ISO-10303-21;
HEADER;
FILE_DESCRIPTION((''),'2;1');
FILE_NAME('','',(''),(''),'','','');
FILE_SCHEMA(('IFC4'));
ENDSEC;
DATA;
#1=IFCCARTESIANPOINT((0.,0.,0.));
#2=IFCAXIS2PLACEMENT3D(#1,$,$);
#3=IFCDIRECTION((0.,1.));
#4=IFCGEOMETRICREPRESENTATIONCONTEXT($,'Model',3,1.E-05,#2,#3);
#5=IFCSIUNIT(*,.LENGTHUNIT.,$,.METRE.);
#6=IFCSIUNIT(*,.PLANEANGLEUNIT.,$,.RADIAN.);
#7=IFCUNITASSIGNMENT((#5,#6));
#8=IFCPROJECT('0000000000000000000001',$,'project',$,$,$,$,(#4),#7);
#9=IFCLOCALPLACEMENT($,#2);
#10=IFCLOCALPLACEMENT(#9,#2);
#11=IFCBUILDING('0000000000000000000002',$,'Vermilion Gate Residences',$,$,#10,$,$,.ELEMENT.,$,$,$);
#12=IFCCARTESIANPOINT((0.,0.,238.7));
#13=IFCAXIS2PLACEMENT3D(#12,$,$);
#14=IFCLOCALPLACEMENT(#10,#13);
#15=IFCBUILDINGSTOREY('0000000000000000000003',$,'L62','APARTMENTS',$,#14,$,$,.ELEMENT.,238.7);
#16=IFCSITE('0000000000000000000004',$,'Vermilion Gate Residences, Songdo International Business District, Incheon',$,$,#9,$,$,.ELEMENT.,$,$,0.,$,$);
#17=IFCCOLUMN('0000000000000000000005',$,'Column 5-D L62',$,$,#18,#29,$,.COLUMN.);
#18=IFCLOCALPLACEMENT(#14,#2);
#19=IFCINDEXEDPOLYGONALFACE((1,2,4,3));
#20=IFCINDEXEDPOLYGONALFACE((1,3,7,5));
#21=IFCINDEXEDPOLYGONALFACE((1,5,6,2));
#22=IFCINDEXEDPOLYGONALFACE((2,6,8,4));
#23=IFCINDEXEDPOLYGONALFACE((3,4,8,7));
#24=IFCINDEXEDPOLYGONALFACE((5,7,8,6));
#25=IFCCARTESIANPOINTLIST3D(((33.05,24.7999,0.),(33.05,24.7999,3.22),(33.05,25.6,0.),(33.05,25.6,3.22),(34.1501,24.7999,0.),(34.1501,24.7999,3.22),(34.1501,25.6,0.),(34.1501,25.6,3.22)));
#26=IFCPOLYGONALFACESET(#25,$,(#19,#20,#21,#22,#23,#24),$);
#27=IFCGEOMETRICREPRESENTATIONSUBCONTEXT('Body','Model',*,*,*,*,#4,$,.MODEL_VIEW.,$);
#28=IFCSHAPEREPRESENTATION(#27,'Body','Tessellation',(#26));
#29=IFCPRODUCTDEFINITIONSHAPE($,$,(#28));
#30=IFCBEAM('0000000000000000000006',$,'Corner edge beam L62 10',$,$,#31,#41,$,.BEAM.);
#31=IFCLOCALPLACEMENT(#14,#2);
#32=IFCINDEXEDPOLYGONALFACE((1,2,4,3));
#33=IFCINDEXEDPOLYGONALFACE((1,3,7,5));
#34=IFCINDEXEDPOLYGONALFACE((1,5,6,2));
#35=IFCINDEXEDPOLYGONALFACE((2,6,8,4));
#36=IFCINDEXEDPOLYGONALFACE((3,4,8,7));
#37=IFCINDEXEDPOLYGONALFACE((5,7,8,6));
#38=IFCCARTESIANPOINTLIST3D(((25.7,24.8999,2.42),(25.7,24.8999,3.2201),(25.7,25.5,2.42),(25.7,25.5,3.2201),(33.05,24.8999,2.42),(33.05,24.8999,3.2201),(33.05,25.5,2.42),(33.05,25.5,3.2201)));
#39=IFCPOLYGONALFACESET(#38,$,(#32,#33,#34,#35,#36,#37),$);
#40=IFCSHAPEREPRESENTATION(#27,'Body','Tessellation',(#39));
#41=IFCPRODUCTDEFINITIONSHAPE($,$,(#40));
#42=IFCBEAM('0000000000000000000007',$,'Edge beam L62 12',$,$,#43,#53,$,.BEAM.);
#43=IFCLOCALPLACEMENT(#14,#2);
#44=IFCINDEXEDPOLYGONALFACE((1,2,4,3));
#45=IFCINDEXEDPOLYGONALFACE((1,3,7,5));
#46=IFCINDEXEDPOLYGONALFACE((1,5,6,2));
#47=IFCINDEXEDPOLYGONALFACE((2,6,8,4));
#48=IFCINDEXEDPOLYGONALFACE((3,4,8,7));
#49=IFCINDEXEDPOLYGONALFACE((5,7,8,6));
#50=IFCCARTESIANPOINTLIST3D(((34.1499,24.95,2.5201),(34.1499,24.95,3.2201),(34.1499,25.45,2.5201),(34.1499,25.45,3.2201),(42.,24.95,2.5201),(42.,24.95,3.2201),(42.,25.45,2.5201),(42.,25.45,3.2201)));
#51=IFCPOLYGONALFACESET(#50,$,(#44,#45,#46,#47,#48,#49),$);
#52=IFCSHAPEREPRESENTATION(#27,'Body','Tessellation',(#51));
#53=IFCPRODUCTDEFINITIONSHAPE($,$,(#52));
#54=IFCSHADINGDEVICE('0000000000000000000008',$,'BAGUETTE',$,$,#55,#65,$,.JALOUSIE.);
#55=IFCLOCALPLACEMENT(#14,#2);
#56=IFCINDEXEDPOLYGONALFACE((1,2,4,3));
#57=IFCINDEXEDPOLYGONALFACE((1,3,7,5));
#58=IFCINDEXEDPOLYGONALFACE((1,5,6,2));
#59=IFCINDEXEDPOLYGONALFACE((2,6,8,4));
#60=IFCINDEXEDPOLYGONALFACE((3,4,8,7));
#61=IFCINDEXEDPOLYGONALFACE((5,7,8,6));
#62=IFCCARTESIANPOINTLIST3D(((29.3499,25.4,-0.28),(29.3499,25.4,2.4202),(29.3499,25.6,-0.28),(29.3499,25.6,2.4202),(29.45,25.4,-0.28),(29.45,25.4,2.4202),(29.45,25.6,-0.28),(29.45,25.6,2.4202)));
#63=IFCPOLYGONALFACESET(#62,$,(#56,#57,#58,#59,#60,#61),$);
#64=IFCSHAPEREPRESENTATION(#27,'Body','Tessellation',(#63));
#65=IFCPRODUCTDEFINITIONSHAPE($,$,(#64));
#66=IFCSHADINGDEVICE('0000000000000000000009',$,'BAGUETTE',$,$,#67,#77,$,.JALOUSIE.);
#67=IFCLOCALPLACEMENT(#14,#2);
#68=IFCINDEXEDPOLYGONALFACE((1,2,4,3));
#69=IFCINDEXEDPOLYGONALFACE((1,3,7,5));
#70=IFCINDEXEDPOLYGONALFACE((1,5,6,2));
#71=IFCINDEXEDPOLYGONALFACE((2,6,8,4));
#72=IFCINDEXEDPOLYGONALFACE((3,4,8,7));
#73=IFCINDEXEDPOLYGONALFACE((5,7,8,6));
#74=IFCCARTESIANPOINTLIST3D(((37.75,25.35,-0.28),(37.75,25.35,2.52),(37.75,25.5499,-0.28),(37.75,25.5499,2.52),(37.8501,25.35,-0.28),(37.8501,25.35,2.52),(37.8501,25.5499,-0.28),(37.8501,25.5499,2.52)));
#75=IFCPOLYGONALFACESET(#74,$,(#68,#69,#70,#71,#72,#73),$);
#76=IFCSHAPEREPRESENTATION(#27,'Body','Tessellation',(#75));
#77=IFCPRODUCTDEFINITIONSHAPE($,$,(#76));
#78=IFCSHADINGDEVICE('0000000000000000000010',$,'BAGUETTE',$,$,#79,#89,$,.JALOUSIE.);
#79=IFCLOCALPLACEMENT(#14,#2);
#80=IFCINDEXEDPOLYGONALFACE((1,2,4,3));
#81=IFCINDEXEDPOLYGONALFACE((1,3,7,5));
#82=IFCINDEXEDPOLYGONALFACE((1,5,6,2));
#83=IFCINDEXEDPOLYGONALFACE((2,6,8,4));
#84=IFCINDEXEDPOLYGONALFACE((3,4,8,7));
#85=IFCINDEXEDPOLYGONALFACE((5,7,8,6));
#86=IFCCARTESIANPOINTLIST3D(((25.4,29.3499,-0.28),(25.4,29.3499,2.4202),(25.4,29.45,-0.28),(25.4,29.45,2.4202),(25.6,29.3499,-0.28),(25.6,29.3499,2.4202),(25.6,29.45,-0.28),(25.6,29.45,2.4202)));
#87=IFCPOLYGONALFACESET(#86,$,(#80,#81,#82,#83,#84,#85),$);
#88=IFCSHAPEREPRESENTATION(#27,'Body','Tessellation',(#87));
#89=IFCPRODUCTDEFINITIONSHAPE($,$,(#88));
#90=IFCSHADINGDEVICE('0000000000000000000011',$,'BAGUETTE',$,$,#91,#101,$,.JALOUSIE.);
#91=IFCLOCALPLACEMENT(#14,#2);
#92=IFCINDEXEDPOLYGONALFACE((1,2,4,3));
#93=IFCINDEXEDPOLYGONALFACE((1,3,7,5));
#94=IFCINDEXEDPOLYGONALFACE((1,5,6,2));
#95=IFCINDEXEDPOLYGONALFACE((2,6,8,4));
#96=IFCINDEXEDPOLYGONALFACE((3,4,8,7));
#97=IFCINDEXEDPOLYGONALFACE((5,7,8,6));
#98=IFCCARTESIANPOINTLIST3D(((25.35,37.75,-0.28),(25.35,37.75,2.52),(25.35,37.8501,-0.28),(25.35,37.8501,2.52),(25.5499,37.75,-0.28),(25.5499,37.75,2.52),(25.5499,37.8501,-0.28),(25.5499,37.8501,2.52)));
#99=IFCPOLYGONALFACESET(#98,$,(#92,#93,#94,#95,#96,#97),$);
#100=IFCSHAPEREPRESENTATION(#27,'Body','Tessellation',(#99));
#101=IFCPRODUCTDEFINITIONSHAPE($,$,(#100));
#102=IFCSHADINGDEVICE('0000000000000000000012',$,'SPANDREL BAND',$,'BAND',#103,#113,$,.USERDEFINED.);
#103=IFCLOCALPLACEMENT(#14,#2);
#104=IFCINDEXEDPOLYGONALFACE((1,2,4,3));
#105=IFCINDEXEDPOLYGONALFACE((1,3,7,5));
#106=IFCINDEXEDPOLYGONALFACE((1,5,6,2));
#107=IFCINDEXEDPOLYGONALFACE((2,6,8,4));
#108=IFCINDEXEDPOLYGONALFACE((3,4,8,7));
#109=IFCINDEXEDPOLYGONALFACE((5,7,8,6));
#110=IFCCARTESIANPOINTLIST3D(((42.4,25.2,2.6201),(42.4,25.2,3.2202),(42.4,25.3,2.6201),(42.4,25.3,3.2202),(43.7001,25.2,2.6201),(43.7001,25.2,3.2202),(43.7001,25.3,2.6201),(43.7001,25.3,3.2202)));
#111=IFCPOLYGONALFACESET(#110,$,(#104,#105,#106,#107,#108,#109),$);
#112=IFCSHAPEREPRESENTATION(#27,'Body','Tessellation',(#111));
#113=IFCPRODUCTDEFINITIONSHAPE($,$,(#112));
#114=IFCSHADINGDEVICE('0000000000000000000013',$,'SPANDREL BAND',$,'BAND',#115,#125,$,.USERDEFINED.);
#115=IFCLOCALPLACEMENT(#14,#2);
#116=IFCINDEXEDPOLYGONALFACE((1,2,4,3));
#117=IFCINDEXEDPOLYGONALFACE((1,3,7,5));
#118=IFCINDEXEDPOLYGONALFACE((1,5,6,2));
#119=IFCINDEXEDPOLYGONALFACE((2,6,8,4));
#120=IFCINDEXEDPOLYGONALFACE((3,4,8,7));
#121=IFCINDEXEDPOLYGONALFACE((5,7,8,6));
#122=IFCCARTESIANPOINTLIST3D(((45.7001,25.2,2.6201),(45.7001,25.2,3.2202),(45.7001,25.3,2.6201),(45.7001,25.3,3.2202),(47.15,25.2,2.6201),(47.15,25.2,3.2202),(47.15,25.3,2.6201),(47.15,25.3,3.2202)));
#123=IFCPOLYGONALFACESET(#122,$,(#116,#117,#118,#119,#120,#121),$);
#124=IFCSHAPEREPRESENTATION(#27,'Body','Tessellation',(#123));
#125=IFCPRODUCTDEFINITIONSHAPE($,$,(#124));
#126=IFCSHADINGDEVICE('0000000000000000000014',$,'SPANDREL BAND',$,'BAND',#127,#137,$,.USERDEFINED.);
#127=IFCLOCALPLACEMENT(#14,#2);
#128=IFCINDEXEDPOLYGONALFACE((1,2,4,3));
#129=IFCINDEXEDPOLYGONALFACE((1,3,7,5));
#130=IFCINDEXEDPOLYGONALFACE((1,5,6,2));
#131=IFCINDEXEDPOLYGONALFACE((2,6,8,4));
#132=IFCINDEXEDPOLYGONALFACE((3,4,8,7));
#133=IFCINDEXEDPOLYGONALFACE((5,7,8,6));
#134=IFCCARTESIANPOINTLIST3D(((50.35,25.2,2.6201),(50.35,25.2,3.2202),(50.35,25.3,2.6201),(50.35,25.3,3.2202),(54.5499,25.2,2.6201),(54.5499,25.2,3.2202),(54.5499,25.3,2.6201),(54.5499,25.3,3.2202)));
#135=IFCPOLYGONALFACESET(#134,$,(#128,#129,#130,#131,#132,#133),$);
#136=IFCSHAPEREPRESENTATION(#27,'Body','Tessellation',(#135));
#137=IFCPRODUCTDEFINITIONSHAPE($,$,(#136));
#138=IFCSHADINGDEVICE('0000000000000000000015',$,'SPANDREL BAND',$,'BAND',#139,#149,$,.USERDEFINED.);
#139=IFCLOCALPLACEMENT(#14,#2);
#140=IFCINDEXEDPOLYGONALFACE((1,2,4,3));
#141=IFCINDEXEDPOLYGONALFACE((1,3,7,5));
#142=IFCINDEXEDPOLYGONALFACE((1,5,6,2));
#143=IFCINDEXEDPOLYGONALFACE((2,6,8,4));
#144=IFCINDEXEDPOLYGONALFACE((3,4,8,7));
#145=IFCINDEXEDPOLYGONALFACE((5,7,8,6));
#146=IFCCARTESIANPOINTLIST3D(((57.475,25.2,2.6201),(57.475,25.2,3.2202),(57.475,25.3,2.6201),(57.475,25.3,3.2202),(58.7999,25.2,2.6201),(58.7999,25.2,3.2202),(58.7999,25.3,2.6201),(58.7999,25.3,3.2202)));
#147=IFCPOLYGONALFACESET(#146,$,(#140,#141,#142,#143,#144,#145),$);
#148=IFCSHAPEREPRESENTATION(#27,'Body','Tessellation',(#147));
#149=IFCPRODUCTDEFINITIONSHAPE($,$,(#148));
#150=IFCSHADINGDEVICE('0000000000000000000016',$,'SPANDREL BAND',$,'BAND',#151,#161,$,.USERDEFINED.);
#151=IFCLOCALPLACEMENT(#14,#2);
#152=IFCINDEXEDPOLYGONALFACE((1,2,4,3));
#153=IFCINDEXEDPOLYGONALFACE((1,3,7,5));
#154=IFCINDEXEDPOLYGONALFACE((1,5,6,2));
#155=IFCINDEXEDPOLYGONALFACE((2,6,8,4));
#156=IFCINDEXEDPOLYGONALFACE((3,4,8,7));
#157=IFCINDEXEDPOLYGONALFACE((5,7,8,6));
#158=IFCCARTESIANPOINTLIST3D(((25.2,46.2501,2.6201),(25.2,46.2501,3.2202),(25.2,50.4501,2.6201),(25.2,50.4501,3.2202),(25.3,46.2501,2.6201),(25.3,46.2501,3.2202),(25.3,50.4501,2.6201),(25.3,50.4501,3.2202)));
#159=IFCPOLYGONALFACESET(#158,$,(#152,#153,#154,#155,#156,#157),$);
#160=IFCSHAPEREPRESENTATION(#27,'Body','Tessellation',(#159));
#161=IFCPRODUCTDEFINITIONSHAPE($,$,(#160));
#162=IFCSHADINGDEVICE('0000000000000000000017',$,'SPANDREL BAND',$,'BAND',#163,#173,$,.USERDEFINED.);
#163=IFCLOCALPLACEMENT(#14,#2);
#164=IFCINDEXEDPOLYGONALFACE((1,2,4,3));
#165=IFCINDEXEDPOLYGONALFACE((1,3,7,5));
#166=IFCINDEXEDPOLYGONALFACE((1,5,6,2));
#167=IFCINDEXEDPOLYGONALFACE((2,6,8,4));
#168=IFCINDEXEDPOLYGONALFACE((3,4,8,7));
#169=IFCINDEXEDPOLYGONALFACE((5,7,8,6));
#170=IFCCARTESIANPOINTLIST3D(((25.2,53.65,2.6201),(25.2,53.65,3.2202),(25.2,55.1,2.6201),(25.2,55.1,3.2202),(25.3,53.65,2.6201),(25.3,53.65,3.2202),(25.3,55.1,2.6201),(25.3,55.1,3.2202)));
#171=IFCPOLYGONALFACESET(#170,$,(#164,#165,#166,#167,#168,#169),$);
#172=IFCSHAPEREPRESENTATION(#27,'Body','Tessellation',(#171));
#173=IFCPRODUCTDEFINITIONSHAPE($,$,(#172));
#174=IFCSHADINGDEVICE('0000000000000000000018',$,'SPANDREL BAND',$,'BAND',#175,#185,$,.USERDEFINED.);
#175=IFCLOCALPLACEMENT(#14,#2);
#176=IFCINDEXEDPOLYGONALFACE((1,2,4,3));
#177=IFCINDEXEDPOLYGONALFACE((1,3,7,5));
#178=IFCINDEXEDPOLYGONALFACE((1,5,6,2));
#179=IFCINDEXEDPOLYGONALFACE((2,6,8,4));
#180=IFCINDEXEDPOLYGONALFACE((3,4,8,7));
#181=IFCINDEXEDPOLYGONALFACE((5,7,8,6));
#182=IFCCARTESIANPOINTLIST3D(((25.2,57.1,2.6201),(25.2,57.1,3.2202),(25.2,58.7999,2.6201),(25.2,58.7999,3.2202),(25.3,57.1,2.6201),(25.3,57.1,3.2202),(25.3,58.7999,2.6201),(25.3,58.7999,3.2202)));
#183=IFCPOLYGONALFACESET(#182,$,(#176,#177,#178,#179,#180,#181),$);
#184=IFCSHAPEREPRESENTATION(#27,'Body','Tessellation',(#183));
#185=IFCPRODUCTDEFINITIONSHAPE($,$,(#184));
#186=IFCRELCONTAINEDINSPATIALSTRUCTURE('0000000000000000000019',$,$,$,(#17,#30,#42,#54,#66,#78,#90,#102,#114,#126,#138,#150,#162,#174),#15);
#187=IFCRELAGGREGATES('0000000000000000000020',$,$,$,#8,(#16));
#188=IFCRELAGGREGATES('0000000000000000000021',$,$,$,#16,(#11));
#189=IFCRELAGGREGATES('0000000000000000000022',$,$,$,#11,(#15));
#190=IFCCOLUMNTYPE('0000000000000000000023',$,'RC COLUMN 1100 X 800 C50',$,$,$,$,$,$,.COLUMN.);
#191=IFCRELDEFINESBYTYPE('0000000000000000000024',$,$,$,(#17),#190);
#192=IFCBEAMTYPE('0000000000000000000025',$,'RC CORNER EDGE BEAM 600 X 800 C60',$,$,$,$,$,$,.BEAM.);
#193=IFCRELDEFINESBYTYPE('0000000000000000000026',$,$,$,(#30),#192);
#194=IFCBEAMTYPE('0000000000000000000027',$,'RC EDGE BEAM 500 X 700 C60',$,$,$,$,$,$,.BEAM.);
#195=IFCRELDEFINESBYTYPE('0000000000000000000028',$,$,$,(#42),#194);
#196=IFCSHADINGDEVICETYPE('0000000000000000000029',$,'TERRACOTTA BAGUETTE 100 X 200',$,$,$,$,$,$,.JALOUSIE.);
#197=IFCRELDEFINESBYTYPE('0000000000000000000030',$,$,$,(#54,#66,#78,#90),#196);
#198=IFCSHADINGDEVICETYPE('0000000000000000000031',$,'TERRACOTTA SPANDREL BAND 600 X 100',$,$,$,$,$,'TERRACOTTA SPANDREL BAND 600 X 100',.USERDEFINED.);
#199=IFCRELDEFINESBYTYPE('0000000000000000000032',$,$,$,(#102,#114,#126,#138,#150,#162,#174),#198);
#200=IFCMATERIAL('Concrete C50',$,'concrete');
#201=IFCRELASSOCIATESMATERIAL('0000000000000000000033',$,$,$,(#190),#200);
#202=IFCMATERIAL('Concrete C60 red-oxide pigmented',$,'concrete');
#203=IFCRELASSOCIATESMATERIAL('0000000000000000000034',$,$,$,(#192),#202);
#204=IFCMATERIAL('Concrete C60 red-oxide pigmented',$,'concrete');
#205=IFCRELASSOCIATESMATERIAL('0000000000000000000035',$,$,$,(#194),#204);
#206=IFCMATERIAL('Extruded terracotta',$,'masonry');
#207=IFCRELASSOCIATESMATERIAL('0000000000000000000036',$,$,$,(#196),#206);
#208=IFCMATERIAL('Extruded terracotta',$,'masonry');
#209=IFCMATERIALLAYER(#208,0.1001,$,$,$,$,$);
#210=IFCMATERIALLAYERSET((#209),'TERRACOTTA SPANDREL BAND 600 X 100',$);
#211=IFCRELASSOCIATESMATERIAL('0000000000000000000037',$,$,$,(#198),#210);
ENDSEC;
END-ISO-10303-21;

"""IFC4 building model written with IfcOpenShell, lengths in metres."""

from ifc_helpers import new_model, si_unit, direction, frame, origin, origin_2d, place, context, subcontext, project, spatial, rectangle, extrude, material, layer, layer_set, material_profile, profile_set, type_object, element, save


model = new_model("IFC4")

# Units and contexts
model_context = context("Model", 3, precision=1e-05, world=origin(), true_north=direction((0.0, 1.0)))
body_context = subcontext(model_context, "Body", "Model", "MODEL_VIEW")
ifc_project = project(units=[si_unit("LENGTHUNIT", "METRE"), si_unit("PLANEANGLEUNIT", "RADIAN")], contexts=[model_context])

# Site, building, storey
site_placement = place(None, origin())
site = spatial("IfcSite", under=ifc_project, at=site_placement, Name="Vermilion Gate Residences, Songdo International Business District, Incheon", CompositionType="ELEMENT", RefElevation=0.0)
building_placement = place(site_placement, origin())
building = spatial("IfcBuilding", under=site, at=building_placement, Name="Vermilion Gate Residences", CompositionType="ELEMENT")
storey_placement = place(building_placement, frame((0.0, 0.0, 238.7)))
storey = spatial("IfcBuildingStorey", under=building, at=storey_placement, Name="L62", Description="APARTMENTS", CompositionType="ELEMENT", Elevation=238.7)

# Column
ifc_material_1 = material(Name="Concrete C50", Category="concrete")
ifc_material_profile_1 = material_profile(ifc_material_1, rectangle(XDim=1.1001, YDim=0.8, at=origin_2d()), Name="RC-1100x800")
ifc_profile_set_1 = profile_set([ifc_material_profile_1], Name="Concrete C50")
column_type = type_object("IfcColumnType", Name="RC COLUMN 1100 X 800 C50", PredefinedType="COLUMN", material=ifc_profile_set_1)
column_placement = place(storey_placement, frame((33.6001, 25.2, 0.0), z_axis=(0.0, 0.0, 1.0), x_axis=(1.0, 0.0, 0.0)))
element("IfcColumn", 1, at=column_placement, inside=storey, type_object=column_type, Name="Column 5-D L62", PredefinedType="COLUMN", context=body_context, shape_type="SweptSolid", body=[
    extrude(rectangle(XDim=1.1001, YDim=0.8, at=origin_2d()), origin(), (0.0, 0.0, 1.0), 3.22),
])

# Beams
ifc_material_2 = material(Name="Concrete C60 red-oxide pigmented", Category="concrete")
ifc_material_profile_2 = material_profile(ifc_material_2, rectangle(XDim=0.6001, YDim=0.8, at=origin_2d()), Name="RC-600x800")
ifc_profile_set_2 = profile_set([ifc_material_profile_2], Name="Concrete C60 red-oxide pigmented")
beam_type_1 = type_object("IfcBeamType", Name="RC CORNER EDGE BEAM 600 X 800 C60", PredefinedType="BEAM", material=ifc_profile_set_2)
beam_1_placement = place(storey_placement, frame((25.7, 25.2, 2.8201), z_axis=(1.0, 0.0, 0.0), x_axis=(0.0, 1.0, 0.0)))
element("IfcBeam", 2, at=beam_1_placement, inside=storey, type_object=beam_type_1, Name="Corner edge beam L62 10", PredefinedType="BEAM", context=body_context, shape_type="SweptSolid", body=[
    extrude(rectangle(XDim=0.6001, YDim=0.8, at=origin_2d()), origin(), (0.0, 0.0, 1.0), 7.3501),
])
ifc_material_3 = material(Name="Concrete C60 red-oxide pigmented", Category="concrete")
ifc_material_profile_3 = material_profile(ifc_material_3, rectangle(XDim=0.5, YDim=0.7, at=origin_2d()), Name="RC-500x700")
ifc_profile_set_3 = profile_set([ifc_material_profile_3], Name="Concrete C60 red-oxide pigmented")
beam_type_2 = type_object("IfcBeamType", Name="RC EDGE BEAM 500 X 700 C60", PredefinedType="BEAM", material=ifc_profile_set_3)
beam_2_placement = place(storey_placement, frame((34.1499, 25.2, 2.8701), z_axis=(1.0, 0.0, 0.0), x_axis=(0.0, 1.0, 0.0)))
element("IfcBeam", 3, at=beam_2_placement, inside=storey, type_object=beam_type_2, Name="Edge beam L62 12", PredefinedType="BEAM", context=body_context, shape_type="SweptSolid", body=[
    extrude(rectangle(XDim=0.5, YDim=0.7, at=origin_2d()), origin(), (0.0, 0.0, 1.0), 7.8501),
])

# Shading devices
ifc_material_4 = material(Name="Extruded terracotta", Category="masonry")
ifc_material_profile_4 = material_profile(ifc_material_4, rectangle(XDim=0.2, YDim=0.1001, at=origin_2d()), Name="BAGUETTE 100 X 200")
ifc_profile_set_4 = profile_set([ifc_material_profile_4], Name="Extruded terracotta")
shading_device_type_1 = type_object("IfcShadingDeviceType", Name="TERRACOTTA BAGUETTE 100 X 200", PredefinedType="JALOUSIE", material=ifc_profile_set_4)
shading_device_1_placement = place(storey_placement, frame((29.3999, 25.5, -0.28), z_axis=(0.0, 0.0, 1.0), x_axis=(0.0, -1.0, 0.0)))
element("IfcShadingDevice", 4, at=shading_device_1_placement, inside=storey, type_object=shading_device_type_1, Name="BAGUETTE", PredefinedType="JALOUSIE", context=body_context, shape_type="SweptSolid", body=[
    extrude(rectangle(XDim=0.2, YDim=0.1001, at=origin_2d()), origin(), (0.0, 0.0, 1.0), 2.7002),
])
shading_device_2_placement = place(storey_placement, frame((37.8, 25.45, -0.28), z_axis=(0.0, 0.0, 1.0), x_axis=(0.0, -1.0, 0.0)))
element("IfcShadingDevice", 5, at=shading_device_2_placement, inside=storey, type_object=shading_device_type_1, Name="BAGUETTE", PredefinedType="JALOUSIE", context=body_context, shape_type="SweptSolid", body=[
    extrude(rectangle(XDim=0.2, YDim=0.1001, at=origin_2d()), origin(), (0.0, 0.0, 1.0), 2.8),
])
shading_device_3_placement = place(storey_placement, frame((25.5, 29.3999, -0.28), z_axis=(0.0, 0.0, 1.0), x_axis=(-1.0, 0.0, 0.0)))
element("IfcShadingDevice", 6, at=shading_device_3_placement, inside=storey, type_object=shading_device_type_1, Name="BAGUETTE", PredefinedType="JALOUSIE", context=body_context, shape_type="SweptSolid", body=[
    extrude(rectangle(XDim=0.2, YDim=0.1001, at=origin_2d()), origin(), (0.0, 0.0, 1.0), 2.7002),
])
shading_device_4_placement = place(storey_placement, frame((25.45, 37.8, -0.28), z_axis=(0.0, 0.0, 1.0), x_axis=(-1.0, 0.0, 0.0)))
element("IfcShadingDevice", 7, at=shading_device_4_placement, inside=storey, type_object=shading_device_type_1, Name="BAGUETTE", PredefinedType="JALOUSIE", context=body_context, shape_type="SweptSolid", body=[
    extrude(rectangle(XDim=0.2, YDim=0.1001, at=origin_2d()), origin(), (0.0, 0.0, 1.0), 2.8),
])
ifc_material_5 = material(Name="Extruded terracotta", Category="masonry")
ifc_layer = layer(ifc_material_5, 0.1001)
ifc_layer_set = layer_set([ifc_layer], Name="TERRACOTTA SPANDREL BAND 600 X 100")
shading_device_type_2 = type_object("IfcShadingDeviceType", Name="TERRACOTTA SPANDREL BAND 600 X 100", ElementType="TERRACOTTA SPANDREL BAND 600 X 100", PredefinedType="USERDEFINED", material=ifc_layer_set)
shading_device_5_placement = place(storey_placement, frame((43.05, 25.25, 2.6201), z_axis=(0.0, 0.0, 1.0), x_axis=(1.0, 0.0, 0.0)))
element("IfcShadingDevice", 8, at=shading_device_5_placement, inside=storey, type_object=shading_device_type_2, Name="SPANDREL BAND", ObjectType="BAND", PredefinedType="USERDEFINED", context=body_context, shape_type="SweptSolid", body=[
    extrude(rectangle(XDim=1.3, YDim=0.1001, at=origin_2d()), origin(), (0.0, 0.0, 1.0), 0.6001),
])
shading_device_6_placement = place(storey_placement, frame((46.425, 25.25, 2.6201), z_axis=(0.0, 0.0, 1.0), x_axis=(1.0, 0.0, 0.0)))
element("IfcShadingDevice", 9, at=shading_device_6_placement, inside=storey, type_object=shading_device_type_2, Name="SPANDREL BAND", ObjectType="BAND", PredefinedType="USERDEFINED", context=body_context, shape_type="SweptSolid", body=[
    extrude(rectangle(XDim=1.45, YDim=0.1001, at=origin_2d()), origin(), (0.0, 0.0, 1.0), 0.6001),
])
shading_device_7_placement = place(storey_placement, frame((52.45, 25.25, 2.6201), z_axis=(0.0, 0.0, 1.0), x_axis=(1.0, 0.0, 0.0)))
element("IfcShadingDevice", 10, at=shading_device_7_placement, inside=storey, type_object=shading_device_type_2, Name="SPANDREL BAND", ObjectType="BAND", PredefinedType="USERDEFINED", context=body_context, shape_type="SweptSolid", body=[
    extrude(rectangle(XDim=4.2, YDim=0.1001, at=origin_2d()), origin(), (0.0, 0.0, 1.0), 0.6001),
])
shading_device_8_placement = place(storey_placement, frame((58.1375, 25.25, 2.6201), z_axis=(0.0, 0.0, 1.0), x_axis=(1.0, 0.0, 0.0)))
element("IfcShadingDevice", 11, at=shading_device_8_placement, inside=storey, type_object=shading_device_type_2, Name="SPANDREL BAND", ObjectType="BAND", PredefinedType="USERDEFINED", context=body_context, shape_type="SweptSolid", body=[
    extrude(rectangle(XDim=1.325, YDim=0.1001, at=origin_2d()), origin(), (0.0, 0.0, 1.0), 0.6001),
])
shading_device_9_placement = place(storey_placement, frame((25.25, 48.3501, 2.6201), z_axis=(0.0, 0.0, 1.0), x_axis=(0.0, 1.0, 0.0)))
element("IfcShadingDevice", 12, at=shading_device_9_placement, inside=storey, type_object=shading_device_type_2, Name="SPANDREL BAND", ObjectType="BAND", PredefinedType="USERDEFINED", context=body_context, shape_type="SweptSolid", body=[
    extrude(rectangle(XDim=4.2, YDim=0.1001, at=origin_2d()), origin(), (0.0, 0.0, 1.0), 0.6001),
])
shading_device_10_placement = place(storey_placement, frame((25.25, 54.375, 2.6201), z_axis=(0.0, 0.0, 1.0), x_axis=(0.0, 1.0, 0.0)))
element("IfcShadingDevice", 13, at=shading_device_10_placement, inside=storey, type_object=shading_device_type_2, Name="SPANDREL BAND", ObjectType="BAND", PredefinedType="USERDEFINED", context=body_context, shape_type="SweptSolid", body=[
    extrude(rectangle(XDim=1.45, YDim=0.1001, at=origin_2d()), origin(), (0.0, 0.0, 1.0), 0.6001),
])
shading_device_11_placement = place(storey_placement, frame((25.25, 57.95, 2.6201), z_axis=(0.0, 0.0, 1.0), x_axis=(0.0, 1.0, 0.0)))
element("IfcShadingDevice", 14, at=shading_device_11_placement, inside=storey, type_object=shading_device_type_2, Name="SPANDREL BAND", ObjectType="BAND", PredefinedType="USERDEFINED", context=body_context, shape_type="SweptSolid", body=[
    extrude(rectangle(XDim=1.7, YDim=0.1001, at=origin_2d()), origin(), (0.0, 0.0, 1.0), 0.6001),
])

save(model, "model.ifc")
